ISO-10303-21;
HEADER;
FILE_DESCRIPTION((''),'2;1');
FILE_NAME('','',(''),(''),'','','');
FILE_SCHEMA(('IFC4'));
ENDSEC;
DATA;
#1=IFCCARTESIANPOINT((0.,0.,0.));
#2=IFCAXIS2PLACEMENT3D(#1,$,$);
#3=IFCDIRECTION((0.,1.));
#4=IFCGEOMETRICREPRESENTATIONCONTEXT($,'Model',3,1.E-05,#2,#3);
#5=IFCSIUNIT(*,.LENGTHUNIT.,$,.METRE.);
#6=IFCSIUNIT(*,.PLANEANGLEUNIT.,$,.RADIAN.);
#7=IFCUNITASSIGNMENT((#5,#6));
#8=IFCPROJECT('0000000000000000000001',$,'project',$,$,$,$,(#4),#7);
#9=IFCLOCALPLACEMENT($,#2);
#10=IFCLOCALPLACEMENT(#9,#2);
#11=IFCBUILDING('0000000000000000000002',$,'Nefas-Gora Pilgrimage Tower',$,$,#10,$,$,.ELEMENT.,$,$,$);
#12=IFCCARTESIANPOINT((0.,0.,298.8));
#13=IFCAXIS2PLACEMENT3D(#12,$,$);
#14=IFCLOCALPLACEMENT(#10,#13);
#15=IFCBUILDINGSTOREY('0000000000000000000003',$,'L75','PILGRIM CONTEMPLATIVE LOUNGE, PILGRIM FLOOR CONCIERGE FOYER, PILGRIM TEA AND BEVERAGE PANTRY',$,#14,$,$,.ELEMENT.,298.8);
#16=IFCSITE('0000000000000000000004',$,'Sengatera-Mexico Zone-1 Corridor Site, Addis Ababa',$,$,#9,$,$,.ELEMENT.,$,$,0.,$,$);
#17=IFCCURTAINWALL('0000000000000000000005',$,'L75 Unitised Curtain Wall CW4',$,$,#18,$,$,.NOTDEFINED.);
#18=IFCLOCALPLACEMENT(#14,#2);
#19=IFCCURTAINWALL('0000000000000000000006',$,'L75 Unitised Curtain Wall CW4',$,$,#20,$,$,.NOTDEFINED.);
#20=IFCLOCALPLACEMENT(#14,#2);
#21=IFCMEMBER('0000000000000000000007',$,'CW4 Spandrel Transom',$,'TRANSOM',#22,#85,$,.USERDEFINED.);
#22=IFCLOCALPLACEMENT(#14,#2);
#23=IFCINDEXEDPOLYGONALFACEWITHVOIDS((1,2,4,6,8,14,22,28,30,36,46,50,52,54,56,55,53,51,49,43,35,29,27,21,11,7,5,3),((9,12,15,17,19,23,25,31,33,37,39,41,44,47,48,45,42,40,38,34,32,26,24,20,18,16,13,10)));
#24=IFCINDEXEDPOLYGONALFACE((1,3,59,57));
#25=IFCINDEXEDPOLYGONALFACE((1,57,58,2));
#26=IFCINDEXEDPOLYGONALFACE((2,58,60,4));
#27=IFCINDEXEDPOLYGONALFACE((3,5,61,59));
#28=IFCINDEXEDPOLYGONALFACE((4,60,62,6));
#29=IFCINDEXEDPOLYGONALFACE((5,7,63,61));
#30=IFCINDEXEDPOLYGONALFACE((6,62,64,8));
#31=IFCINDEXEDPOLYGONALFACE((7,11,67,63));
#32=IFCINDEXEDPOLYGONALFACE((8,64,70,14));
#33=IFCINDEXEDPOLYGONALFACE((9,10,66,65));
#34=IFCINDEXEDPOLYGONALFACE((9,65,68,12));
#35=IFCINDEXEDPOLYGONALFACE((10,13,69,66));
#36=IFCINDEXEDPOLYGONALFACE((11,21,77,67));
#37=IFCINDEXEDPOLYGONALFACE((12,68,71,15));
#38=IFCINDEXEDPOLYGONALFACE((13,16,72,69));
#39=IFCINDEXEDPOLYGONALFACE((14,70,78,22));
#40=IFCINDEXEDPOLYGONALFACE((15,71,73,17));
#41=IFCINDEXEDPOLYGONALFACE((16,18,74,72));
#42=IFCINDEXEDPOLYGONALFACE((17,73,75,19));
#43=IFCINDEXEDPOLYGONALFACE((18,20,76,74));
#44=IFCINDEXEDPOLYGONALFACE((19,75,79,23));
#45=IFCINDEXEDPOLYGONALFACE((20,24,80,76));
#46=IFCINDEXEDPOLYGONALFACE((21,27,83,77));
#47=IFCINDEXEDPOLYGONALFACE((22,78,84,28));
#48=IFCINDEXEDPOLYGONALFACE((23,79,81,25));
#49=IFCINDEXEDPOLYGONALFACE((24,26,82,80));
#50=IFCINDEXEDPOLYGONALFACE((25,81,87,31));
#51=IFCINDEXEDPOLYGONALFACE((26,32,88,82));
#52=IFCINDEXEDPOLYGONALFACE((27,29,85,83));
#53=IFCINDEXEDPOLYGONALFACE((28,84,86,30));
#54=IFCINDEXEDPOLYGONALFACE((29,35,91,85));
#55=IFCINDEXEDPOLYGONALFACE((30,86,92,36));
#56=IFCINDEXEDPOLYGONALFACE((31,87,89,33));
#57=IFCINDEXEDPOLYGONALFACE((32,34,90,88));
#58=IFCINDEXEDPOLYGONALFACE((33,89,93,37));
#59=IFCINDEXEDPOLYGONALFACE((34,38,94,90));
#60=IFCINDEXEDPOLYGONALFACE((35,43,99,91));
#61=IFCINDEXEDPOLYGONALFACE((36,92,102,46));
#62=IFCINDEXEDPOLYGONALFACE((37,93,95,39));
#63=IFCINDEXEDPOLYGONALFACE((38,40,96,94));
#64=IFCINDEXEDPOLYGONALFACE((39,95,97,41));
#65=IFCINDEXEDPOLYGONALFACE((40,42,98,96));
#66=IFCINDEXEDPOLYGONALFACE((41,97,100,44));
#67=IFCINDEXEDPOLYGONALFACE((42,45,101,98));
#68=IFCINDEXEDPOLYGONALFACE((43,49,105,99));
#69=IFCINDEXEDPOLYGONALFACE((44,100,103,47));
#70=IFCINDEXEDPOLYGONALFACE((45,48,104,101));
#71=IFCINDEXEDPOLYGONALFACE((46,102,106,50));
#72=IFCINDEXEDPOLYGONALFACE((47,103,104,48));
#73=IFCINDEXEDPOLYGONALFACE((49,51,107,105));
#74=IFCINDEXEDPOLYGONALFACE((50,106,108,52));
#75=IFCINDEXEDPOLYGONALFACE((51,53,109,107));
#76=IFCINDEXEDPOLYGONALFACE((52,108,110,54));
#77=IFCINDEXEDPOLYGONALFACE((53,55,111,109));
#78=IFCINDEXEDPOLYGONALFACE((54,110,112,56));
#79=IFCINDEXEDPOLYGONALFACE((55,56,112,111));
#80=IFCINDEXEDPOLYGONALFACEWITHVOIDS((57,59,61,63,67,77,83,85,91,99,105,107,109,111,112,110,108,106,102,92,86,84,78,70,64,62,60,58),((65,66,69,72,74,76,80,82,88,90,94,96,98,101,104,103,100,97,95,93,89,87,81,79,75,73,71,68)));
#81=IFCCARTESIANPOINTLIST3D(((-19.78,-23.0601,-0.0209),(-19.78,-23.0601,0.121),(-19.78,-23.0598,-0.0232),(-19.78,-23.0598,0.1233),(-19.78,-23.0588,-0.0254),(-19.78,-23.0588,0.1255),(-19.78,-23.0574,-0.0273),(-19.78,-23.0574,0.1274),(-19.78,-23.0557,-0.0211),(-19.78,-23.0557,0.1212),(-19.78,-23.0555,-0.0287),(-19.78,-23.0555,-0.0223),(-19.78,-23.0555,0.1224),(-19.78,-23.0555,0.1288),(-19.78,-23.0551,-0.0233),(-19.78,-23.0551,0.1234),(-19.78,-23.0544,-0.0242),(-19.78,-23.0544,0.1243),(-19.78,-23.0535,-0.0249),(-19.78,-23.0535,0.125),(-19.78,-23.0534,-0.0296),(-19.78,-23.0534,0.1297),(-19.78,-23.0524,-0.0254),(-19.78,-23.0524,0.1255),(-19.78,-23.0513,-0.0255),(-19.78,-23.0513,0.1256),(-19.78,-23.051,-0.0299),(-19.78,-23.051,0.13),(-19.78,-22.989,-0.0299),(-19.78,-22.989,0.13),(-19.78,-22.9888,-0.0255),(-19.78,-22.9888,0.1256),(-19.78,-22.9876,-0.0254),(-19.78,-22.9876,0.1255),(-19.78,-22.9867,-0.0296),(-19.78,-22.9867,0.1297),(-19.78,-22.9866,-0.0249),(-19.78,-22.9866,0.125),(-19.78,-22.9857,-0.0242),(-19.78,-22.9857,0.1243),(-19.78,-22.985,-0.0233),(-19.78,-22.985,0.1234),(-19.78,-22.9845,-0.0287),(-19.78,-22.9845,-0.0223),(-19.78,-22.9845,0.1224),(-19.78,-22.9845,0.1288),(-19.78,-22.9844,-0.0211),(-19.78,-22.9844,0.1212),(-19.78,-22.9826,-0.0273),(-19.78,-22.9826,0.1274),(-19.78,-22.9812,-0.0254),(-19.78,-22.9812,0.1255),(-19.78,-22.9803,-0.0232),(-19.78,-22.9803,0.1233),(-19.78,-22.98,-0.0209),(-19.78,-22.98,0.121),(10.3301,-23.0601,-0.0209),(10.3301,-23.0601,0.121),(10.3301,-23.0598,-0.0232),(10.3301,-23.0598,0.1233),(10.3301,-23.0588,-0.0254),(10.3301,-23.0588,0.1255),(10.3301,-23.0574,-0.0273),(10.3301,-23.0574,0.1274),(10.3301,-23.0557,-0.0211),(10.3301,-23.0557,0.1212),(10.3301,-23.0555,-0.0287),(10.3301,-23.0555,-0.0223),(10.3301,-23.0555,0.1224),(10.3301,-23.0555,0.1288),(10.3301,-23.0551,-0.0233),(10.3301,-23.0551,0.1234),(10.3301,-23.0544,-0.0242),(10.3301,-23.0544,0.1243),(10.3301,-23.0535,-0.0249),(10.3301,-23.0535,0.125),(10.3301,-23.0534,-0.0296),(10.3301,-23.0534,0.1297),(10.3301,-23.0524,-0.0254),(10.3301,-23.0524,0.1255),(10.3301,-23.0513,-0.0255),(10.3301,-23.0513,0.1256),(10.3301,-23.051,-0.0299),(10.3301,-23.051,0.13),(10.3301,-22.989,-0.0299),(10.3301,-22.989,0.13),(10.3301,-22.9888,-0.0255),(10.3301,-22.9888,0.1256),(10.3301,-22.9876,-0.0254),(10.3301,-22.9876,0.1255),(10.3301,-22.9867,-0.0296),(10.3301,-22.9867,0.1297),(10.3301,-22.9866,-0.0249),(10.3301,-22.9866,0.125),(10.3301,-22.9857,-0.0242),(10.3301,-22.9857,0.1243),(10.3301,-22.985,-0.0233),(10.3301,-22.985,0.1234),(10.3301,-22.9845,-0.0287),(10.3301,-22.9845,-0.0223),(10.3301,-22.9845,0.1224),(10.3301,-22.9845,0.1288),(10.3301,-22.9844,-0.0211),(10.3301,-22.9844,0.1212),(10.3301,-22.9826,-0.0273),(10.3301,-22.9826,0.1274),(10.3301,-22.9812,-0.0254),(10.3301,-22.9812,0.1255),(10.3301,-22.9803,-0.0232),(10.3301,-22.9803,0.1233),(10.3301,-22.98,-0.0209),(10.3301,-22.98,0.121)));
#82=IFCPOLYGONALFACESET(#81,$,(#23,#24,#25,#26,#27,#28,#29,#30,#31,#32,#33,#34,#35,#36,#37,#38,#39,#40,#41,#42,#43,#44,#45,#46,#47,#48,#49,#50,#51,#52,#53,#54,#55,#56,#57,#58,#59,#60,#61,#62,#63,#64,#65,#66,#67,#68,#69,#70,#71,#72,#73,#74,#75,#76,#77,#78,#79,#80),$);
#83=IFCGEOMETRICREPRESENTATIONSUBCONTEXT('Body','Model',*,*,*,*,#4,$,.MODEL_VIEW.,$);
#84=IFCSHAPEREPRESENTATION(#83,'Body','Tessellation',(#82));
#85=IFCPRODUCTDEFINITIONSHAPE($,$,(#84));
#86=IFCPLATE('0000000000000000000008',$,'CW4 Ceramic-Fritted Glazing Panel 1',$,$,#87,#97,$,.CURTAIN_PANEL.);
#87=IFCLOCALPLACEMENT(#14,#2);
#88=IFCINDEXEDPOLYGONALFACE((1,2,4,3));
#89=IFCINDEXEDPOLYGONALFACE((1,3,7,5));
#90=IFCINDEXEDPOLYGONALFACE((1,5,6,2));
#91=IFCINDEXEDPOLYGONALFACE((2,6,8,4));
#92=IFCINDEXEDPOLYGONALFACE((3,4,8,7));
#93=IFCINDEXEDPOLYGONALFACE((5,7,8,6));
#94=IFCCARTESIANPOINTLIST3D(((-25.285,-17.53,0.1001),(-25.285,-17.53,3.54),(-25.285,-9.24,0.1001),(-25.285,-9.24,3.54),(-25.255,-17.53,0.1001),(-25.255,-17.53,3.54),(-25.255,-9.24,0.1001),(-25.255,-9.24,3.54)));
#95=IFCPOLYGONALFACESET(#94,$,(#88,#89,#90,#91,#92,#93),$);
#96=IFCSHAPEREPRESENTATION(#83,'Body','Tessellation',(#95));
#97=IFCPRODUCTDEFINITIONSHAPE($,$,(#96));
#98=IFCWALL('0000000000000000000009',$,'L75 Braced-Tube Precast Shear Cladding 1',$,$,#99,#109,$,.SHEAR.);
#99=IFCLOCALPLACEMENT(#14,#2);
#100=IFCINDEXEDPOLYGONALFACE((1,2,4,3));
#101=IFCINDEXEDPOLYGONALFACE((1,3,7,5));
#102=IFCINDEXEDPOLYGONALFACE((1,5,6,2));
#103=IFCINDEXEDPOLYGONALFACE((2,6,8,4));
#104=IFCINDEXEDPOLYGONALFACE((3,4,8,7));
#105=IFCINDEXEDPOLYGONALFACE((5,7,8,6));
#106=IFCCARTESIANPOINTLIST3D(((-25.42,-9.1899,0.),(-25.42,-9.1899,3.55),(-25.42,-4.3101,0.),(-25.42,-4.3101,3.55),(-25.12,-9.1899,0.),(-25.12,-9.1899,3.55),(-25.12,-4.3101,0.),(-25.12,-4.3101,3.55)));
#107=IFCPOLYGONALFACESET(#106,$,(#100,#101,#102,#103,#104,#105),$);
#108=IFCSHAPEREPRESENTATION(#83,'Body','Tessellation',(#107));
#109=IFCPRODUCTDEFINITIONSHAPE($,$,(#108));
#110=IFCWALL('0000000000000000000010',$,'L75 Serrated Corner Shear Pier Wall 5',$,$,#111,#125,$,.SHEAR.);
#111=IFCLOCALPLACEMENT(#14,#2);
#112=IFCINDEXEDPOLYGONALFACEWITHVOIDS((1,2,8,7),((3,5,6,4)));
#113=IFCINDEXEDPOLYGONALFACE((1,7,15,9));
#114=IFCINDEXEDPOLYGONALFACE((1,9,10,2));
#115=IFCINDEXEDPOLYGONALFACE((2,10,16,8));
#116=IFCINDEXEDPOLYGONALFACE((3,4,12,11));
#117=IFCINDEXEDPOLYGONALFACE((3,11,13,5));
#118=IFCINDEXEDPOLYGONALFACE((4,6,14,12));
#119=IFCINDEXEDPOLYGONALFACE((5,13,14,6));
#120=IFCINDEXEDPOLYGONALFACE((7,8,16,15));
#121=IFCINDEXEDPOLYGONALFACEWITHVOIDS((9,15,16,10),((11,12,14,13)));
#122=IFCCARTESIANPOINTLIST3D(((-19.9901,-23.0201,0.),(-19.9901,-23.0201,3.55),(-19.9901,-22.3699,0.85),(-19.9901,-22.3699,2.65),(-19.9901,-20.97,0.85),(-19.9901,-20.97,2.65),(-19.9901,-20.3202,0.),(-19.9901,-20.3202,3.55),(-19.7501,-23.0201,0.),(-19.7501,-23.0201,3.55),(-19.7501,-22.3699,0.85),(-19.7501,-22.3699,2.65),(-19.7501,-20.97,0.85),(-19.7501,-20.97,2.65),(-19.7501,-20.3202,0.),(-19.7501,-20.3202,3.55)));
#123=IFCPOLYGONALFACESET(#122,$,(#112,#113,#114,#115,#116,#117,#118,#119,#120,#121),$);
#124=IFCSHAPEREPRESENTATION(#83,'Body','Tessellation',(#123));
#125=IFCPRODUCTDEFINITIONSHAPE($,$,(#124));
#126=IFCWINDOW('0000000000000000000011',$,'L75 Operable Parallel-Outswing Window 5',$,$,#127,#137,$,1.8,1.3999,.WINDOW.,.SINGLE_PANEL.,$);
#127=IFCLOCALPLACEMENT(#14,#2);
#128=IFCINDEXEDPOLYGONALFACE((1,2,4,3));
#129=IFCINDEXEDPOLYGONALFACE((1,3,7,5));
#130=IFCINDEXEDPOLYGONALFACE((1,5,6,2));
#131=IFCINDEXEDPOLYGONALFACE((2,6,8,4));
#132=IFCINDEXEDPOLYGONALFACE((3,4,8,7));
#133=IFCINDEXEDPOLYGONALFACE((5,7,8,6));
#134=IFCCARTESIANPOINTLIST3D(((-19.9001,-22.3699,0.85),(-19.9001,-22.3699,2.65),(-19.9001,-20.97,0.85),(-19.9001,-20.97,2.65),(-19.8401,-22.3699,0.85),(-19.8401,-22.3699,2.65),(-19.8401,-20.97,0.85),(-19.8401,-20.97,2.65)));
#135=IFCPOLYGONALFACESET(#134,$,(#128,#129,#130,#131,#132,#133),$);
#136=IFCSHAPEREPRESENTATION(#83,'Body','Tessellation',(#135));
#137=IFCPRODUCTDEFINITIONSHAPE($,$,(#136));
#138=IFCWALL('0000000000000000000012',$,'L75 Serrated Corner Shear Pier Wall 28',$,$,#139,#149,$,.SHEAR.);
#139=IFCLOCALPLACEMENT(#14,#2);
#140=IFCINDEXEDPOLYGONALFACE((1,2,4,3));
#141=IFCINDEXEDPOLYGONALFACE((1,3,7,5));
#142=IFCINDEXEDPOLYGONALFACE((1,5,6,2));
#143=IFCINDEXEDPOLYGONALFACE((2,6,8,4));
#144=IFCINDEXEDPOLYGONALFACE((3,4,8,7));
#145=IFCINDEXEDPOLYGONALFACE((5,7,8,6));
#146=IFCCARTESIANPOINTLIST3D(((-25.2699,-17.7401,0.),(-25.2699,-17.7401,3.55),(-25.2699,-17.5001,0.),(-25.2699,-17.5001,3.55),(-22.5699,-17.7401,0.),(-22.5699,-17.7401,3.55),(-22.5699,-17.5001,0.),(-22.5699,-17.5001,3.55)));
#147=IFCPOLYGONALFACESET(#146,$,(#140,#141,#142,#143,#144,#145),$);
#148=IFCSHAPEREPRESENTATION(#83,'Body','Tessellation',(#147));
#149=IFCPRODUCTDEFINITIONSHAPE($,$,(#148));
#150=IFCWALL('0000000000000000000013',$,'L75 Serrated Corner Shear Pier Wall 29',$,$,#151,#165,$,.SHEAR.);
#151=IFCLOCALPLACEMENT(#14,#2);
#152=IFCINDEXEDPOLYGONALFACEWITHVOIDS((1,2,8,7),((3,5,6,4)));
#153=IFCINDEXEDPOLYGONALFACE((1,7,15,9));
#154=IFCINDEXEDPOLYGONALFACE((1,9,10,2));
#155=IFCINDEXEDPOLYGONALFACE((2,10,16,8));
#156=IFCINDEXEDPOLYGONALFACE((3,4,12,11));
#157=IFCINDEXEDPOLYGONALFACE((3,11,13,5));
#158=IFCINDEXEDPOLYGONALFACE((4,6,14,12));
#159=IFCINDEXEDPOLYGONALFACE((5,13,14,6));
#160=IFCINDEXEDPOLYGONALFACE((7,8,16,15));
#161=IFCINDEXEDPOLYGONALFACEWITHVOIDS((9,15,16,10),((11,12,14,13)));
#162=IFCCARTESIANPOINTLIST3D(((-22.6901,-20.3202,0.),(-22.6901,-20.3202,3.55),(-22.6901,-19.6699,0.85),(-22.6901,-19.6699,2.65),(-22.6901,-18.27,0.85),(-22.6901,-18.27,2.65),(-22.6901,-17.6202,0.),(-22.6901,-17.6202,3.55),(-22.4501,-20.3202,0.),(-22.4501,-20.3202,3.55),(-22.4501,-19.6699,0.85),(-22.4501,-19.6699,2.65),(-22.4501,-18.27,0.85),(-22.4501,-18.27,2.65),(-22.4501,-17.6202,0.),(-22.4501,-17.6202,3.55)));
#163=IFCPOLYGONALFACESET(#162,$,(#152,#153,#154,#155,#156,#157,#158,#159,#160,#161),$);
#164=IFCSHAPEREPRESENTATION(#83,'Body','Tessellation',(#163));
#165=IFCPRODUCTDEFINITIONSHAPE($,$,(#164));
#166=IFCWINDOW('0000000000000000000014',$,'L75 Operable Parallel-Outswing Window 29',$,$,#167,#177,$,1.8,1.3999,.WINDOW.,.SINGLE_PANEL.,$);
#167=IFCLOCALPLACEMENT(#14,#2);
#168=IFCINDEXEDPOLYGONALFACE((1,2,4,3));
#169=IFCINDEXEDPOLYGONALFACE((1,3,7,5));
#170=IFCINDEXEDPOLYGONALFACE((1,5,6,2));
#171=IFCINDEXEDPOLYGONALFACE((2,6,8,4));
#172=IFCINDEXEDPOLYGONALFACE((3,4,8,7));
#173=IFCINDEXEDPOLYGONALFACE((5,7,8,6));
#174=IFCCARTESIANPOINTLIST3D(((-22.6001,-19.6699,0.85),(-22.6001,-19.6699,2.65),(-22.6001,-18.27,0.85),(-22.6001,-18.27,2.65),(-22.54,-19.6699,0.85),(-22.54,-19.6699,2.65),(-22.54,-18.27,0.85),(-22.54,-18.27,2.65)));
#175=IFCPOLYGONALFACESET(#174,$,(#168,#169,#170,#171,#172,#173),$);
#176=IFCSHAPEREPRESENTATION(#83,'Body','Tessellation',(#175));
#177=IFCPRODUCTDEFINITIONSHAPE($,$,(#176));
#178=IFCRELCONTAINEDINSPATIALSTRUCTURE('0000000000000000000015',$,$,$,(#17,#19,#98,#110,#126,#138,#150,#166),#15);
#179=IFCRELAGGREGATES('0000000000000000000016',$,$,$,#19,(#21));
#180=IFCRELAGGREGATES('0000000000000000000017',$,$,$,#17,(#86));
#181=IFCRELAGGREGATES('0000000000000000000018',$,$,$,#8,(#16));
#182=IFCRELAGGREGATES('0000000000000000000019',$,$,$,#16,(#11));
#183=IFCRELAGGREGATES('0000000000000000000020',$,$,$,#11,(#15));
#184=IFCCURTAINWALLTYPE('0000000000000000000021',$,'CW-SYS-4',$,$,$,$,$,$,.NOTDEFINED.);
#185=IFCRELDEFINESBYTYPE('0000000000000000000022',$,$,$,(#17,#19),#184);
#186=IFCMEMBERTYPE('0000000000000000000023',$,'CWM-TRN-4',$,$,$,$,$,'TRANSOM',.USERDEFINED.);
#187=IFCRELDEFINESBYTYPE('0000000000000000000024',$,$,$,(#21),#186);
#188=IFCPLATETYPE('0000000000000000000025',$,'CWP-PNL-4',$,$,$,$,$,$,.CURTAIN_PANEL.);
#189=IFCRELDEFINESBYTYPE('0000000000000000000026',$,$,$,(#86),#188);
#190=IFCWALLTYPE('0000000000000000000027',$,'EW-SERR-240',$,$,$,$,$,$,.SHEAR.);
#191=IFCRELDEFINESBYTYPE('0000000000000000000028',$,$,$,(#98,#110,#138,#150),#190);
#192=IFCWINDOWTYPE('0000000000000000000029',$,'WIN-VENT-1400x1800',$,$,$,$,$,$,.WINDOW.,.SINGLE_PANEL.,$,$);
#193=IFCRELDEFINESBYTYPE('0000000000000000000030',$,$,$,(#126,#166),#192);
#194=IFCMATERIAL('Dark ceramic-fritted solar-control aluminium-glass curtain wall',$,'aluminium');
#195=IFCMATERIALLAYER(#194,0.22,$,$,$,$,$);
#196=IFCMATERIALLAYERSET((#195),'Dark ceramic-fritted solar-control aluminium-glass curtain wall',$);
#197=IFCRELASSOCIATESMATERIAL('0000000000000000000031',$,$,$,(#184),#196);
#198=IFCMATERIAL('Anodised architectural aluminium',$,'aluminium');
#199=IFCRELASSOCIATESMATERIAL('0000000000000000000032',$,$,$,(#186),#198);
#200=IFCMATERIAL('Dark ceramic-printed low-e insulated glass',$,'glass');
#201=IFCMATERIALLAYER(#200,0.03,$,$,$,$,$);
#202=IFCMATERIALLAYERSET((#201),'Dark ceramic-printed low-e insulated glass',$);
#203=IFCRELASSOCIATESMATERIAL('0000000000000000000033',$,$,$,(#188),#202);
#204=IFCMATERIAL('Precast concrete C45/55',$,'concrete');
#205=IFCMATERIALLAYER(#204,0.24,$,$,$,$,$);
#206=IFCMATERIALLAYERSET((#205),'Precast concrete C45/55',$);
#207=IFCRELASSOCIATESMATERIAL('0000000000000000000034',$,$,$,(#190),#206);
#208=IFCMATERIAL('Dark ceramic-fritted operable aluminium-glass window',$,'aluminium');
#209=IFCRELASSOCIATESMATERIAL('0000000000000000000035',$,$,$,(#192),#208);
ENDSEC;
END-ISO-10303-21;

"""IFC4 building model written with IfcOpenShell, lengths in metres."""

from ifc_helpers import new_model, si_unit, direction, frame, frame_2d, origin, origin_2d, place, context, subcontext, project, spatial, rectangle, hollow_rectangle, extrude, source, transform, mapped, material, layer, layer_set, material_profile, profile_set, type_object, element, fill, aggregate, save


model = new_model("IFC4")

# Units and contexts
model_context = context("Model", 3, precision=1e-05, world=origin(), true_north=direction((0.0, 1.0)))
body_context = subcontext(model_context, "Body", "Model", "MODEL_VIEW")
ifc_project = project(units=[si_unit("LENGTHUNIT", "METRE"), si_unit("PLANEANGLEUNIT", "RADIAN")], contexts=[model_context])

# Site, building, storey
site_placement = place(None, origin())
site = spatial("IfcSite", under=ifc_project, at=site_placement, Name="Sengatera-Mexico Zone-1 Corridor Site, Addis Ababa", CompositionType="ELEMENT", RefElevation=0.0)
building_placement = place(site_placement, origin())
building = spatial("IfcBuilding", under=site, at=building_placement, Name="Nefas-Gora Pilgrimage Tower", CompositionType="ELEMENT")
storey_placement = place(building_placement, frame((0.0, 0.0, 298.8)))
storey = spatial("IfcBuildingStorey", under=building, at=storey_placement, Name="L75", Description="PILGRIM CONTEMPLATIVE LOUNGE, PILGRIM FLOOR CONCIERGE FOYER, PILGRIM TEA AND BEVERAGE PANTRY", CompositionType="ELEMENT", Elevation=298.8)

# Curtain walls
ifc_material_1 = material(Name="Dark ceramic-fritted solar-control aluminium-glass curtain wall", Category="aluminium")
ifc_layer_1 = layer(ifc_material_1, 0.22)
ifc_layer_set_1 = layer_set([ifc_layer_1], Name="Dark ceramic-fritted solar-control aluminium-glass curtain wall")
curtain_wall_type = type_object("IfcCurtainWallType", Name="CW-SYS-4", PredefinedType="NOTDEFINED", material=ifc_layer_set_1)
curtain_wall_1_placement = place(storey_placement, origin())
curtain_wall_1 = element("IfcCurtainWall", 1, at=curtain_wall_1_placement, inside=storey, type_object=curtain_wall_type, Name="L75 Unitised Curtain Wall CW4", PredefinedType="NOTDEFINED")
ifc_material_2 = material(Name="Anodised architectural aluminium", Category="aluminium")
ifc_material_profile_1 = material_profile(ifc_material_2, hollow_rectangle(XDim=0.0801, YDim=0.1599, WallThickness=0.0044, InnerFilletRadius=0.0044, OuterFilletRadius=0.009, at=origin_2d()), Name="ALU TRANSOM 80x160")
ifc_profile_set_1 = profile_set([ifc_material_profile_1], Name="Anodised architectural aluminium")
member_type_1 = type_object("IfcMemberType", Name="CWM-TRN-4", ElementType="TRANSOM", PredefinedType="USERDEFINED", material=ifc_profile_set_1)
curtain_wall_2_placement = place(storey_placement, origin())
curtain_wall_2 = element("IfcCurtainWall", 2, at=curtain_wall_2_placement, inside=storey, type_object=curtain_wall_type, Name="L75 Unitised Curtain Wall CW4", PredefinedType="NOTDEFINED")

# Member
shared_shape_1 = source(origin(), body_context, "Body", "SweptSolid", [
    extrude(hollow_rectangle(XDim=0.0801, YDim=0.1599, WallThickness=0.0044, InnerFilletRadius=0.0044, OuterFilletRadius=0.009, at=origin_2d()), origin(), (0.0, 0.0, 1.0), 30.1101),
])
member_1_placement = place(storey_placement, frame((-19.78, -23.02, 0.05), z_axis=(1.0, 0.0, 0.0), x_axis=(0.0, 1.0, 0.0)))
member_1 = element("IfcMember", 3, at=member_1_placement, type_object=member_type_1, Name="CW4 Spandrel Transom", ObjectType="TRANSOM", PredefinedType="USERDEFINED", context=body_context, shape_type="MappedRepresentation", body=[
    mapped(shared_shape_1, transform((0.0, 0.0, 0.0), x_axis=(1.0, 0.0, 0.0), y_axis=(0.0, 1.0, 0.0), z_axis=(0.0, 0.0, 1.0), scale=1.0)),
])
aggregate(curtain_wall_2, [member_1])

# Plate
ifc_material_3 = material(Name="Dark ceramic-printed low-e insulated glass", Category="glass")
ifc_layer_2 = layer(ifc_material_3, 0.03)
ifc_layer_set_2 = layer_set([ifc_layer_2], Name="Dark ceramic-printed low-e insulated glass")
plate_type = type_object("IfcPlateType", Name="CWP-PNL-4", PredefinedType="CURTAIN_PANEL", material=ifc_layer_set_2)
shared_shape_2 = source(origin(), body_context, "Body", "SweptSolid", [
    extrude(rectangle(XDim=8.29, YDim=0.03, at=origin_2d()), origin(), (0.0, 0.0, 1.0), 3.4399),
])
plate_placement = place(storey_placement, frame((-25.27, -13.385, 0.1001), z_axis=(0.0, 0.0, 1.0), x_axis=(0.0, -1.0, 0.0)))
plate = element("IfcPlate", 4, at=plate_placement, type_object=plate_type, Name="CW4 Ceramic-Fritted Glazing Panel 1", PredefinedType="CURTAIN_PANEL", context=body_context, shape_type="MappedRepresentation", body=[
    mapped(shared_shape_2, transform((0.0, 0.0, 0.0), x_axis=(1.0, 0.0, 0.0), y_axis=(0.0, 1.0, 0.0), z_axis=(0.0, 0.0, 1.0), scale=1.0)),
])
aggregate(curtain_wall_1, [plate])

# Wall
ifc_material_4 = material(Name="Precast concrete C45/55", Category="concrete")
ifc_layer_3 = layer(ifc_material_4, 0.24)
ifc_layer_set_3 = layer_set([ifc_layer_3], Name="Precast concrete C45/55")
wall_type_1 = type_object("IfcWallType", Name="EW-SERR-240", PredefinedType="SHEAR", material=ifc_layer_set_3)
shared_shape_3 = source(origin(), body_context, "Body", "SweptSolid", [
    extrude(rectangle(XDim=4.8799, YDim=0.3, at=frame_2d((2.4399, 0.0))), origin(), (0.0, 0.0, 1.0), 3.55),
])
wall_1_placement = place(storey_placement, frame((-25.27, -9.1899, 0.0), z_axis=(0.0, 0.0, 1.0), x_axis=(0.0, 1.0, 0.0)))
element("IfcWall", 5, at=wall_1_placement, inside=storey, type_object=wall_type_1, Name="L75 Braced-Tube Precast Shear Cladding 1", PredefinedType="SHEAR", context=body_context, shape_type="MappedRepresentation", body=[
    mapped(shared_shape_3, transform((0.0, 0.0, 0.0), x_axis=(1.0, 0.0, 0.0), y_axis=(0.0, 1.0, 0.0), z_axis=(0.0, 0.0, 1.0), scale=1.0)),
])

# Wall, opening, window
shared_shape_4 = source(origin(), body_context, "Body", "SweptSolid", [
    extrude(rectangle(XDim=2.7, YDim=0.24, at=frame_2d((1.3501, 0.0))), origin(), (0.0, 0.0, 1.0), 3.55),
])
wall_2_placement = place(storey_placement, frame((-19.8701, -20.3201, 0.0), z_axis=(0.0, 0.0, 1.0), x_axis=(0.0, -1.0, 0.0)))
wall_2 = element("IfcWall", 6, at=wall_2_placement, inside=storey, type_object=wall_type_1, Name="L75 Serrated Corner Shear Pier Wall 5", PredefinedType="SHEAR", context=body_context, shape_type="MappedRepresentation", body=[
    mapped(shared_shape_4, transform((0.0, 0.0, 0.0), x_axis=(1.0, 0.0, 0.0), y_axis=(0.0, 1.0, 0.0), z_axis=(0.0, 0.0, 1.0), scale=1.0)),
])
opening_1_placement = place(wall_2_placement, frame((0.6499, 0.0, 0.8501)))
opening_1 = element("IfcOpeningElement", 7, at=opening_1_placement, cuts=wall_2, PredefinedType="OPENING", context=body_context, shape_type="SweptSolid", body=[
    extrude(rectangle(XDim=1.3999, YDim=1.8, at=frame_2d((0.7, 0.8999))), frame((0.0, 0.1299, 0.0), z_axis=(0.0, -1.0, 0.0), x_axis=(1.0, 0.0, 0.0)), (0.0, 0.0, 1.0), 0.26),
])
ifc_material_5 = material(Name="Dark ceramic-fritted operable aluminium-glass window", Category="aluminium")
window_type = type_object("IfcWindowType", Name="WIN-VENT-1400x1800", PartitioningType="SINGLE_PANEL", PredefinedType="WINDOW", material=ifc_material_5)
shared_shape_5 = source(origin(), body_context, "Body", "SweptSolid", [
    extrude(rectangle(XDim=1.3999, YDim=1.8, at=frame_2d((0.7, 0.8999))), frame((0.0, 0.03, 0.0), z_axis=(0.0, -1.0, 0.0), x_axis=(1.0, 0.0, 0.0)), (0.0, 0.0, 1.0), 0.0601),
])
window_1_placement = place(opening_1_placement, origin())
window_1 = element("IfcWindow", 8, at=window_1_placement, inside=storey, type_object=window_type, Name="L75 Operable Parallel-Outswing Window 5", OverallHeight=1.8, OverallWidth=1.3999, PartitioningType="SINGLE_PANEL", PredefinedType="WINDOW", context=body_context, shape_type="MappedRepresentation", body=[
    mapped(shared_shape_5, transform((0.0, 0.0, 0.0), x_axis=(1.0, 0.0, 0.0), y_axis=(0.0, 1.0, 0.0), z_axis=(0.0, 0.0, 1.0), scale=1.0)),
])
fill(opening_1, window_1)

# Wall
wall_3_placement = place(storey_placement, frame((-25.27, -17.6201, 0.0), z_axis=(0.0, 0.0, 1.0), x_axis=(1.0, 0.0, 0.0)))
element("IfcWall", 9, at=wall_3_placement, inside=storey, type_object=wall_type_1, Name="L75 Serrated Corner Shear Pier Wall 28", PredefinedType="SHEAR", context=body_context, shape_type="MappedRepresentation", body=[
    mapped(shared_shape_4, transform((0.0, 0.0, 0.0), x_axis=(1.0, 0.0, 0.0), y_axis=(0.0, 1.0, 0.0), z_axis=(0.0, 0.0, 1.0), scale=1.0)),
])

# Wall, opening, window
wall_4_placement = place(storey_placement, frame((-22.5701, -17.6201, 0.0), z_axis=(0.0, 0.0, 1.0), x_axis=(0.0, -1.0, 0.0)))
wall_4 = element("IfcWall", 10, at=wall_4_placement, inside=storey, type_object=wall_type_1, Name="L75 Serrated Corner Shear Pier Wall 29", PredefinedType="SHEAR", context=body_context, shape_type="MappedRepresentation", body=[
    mapped(shared_shape_4, transform((0.0, 0.0, 0.0), x_axis=(1.0, 0.0, 0.0), y_axis=(0.0, 1.0, 0.0), z_axis=(0.0, 0.0, 1.0), scale=1.0)),
])
opening_2_placement = place(wall_4_placement, frame((0.6499, 0.0, 0.8501)))
opening_2 = element("IfcOpeningElement", 11, at=opening_2_placement, cuts=wall_4, PredefinedType="OPENING", context=body_context, shape_type="SweptSolid", body=[
    extrude(rectangle(XDim=1.3999, YDim=1.8, at=frame_2d((0.7, 0.8999))), frame((0.0, 0.1299, 0.0), z_axis=(0.0, -1.0, 0.0), x_axis=(1.0, 0.0, 0.0)), (0.0, 0.0, 1.0), 0.26),
])
window_2_placement = place(opening_2_placement, origin())
window_2 = element("IfcWindow", 12, at=window_2_placement, inside=storey, type_object=window_type, Name="L75 Operable Parallel-Outswing Window 29", OverallHeight=1.8, OverallWidth=1.3999, PartitioningType="SINGLE_PANEL", PredefinedType="WINDOW", context=body_context, shape_type="MappedRepresentation", body=[
    mapped(shared_shape_5, transform((0.0, 0.0, 0.0), x_axis=(1.0, 0.0, 0.0), y_axis=(0.0, 1.0, 0.0), z_axis=(0.0, 0.0, 1.0), scale=1.0)),
])
fill(opening_2, window_2)

save(model, "model.ifc")
